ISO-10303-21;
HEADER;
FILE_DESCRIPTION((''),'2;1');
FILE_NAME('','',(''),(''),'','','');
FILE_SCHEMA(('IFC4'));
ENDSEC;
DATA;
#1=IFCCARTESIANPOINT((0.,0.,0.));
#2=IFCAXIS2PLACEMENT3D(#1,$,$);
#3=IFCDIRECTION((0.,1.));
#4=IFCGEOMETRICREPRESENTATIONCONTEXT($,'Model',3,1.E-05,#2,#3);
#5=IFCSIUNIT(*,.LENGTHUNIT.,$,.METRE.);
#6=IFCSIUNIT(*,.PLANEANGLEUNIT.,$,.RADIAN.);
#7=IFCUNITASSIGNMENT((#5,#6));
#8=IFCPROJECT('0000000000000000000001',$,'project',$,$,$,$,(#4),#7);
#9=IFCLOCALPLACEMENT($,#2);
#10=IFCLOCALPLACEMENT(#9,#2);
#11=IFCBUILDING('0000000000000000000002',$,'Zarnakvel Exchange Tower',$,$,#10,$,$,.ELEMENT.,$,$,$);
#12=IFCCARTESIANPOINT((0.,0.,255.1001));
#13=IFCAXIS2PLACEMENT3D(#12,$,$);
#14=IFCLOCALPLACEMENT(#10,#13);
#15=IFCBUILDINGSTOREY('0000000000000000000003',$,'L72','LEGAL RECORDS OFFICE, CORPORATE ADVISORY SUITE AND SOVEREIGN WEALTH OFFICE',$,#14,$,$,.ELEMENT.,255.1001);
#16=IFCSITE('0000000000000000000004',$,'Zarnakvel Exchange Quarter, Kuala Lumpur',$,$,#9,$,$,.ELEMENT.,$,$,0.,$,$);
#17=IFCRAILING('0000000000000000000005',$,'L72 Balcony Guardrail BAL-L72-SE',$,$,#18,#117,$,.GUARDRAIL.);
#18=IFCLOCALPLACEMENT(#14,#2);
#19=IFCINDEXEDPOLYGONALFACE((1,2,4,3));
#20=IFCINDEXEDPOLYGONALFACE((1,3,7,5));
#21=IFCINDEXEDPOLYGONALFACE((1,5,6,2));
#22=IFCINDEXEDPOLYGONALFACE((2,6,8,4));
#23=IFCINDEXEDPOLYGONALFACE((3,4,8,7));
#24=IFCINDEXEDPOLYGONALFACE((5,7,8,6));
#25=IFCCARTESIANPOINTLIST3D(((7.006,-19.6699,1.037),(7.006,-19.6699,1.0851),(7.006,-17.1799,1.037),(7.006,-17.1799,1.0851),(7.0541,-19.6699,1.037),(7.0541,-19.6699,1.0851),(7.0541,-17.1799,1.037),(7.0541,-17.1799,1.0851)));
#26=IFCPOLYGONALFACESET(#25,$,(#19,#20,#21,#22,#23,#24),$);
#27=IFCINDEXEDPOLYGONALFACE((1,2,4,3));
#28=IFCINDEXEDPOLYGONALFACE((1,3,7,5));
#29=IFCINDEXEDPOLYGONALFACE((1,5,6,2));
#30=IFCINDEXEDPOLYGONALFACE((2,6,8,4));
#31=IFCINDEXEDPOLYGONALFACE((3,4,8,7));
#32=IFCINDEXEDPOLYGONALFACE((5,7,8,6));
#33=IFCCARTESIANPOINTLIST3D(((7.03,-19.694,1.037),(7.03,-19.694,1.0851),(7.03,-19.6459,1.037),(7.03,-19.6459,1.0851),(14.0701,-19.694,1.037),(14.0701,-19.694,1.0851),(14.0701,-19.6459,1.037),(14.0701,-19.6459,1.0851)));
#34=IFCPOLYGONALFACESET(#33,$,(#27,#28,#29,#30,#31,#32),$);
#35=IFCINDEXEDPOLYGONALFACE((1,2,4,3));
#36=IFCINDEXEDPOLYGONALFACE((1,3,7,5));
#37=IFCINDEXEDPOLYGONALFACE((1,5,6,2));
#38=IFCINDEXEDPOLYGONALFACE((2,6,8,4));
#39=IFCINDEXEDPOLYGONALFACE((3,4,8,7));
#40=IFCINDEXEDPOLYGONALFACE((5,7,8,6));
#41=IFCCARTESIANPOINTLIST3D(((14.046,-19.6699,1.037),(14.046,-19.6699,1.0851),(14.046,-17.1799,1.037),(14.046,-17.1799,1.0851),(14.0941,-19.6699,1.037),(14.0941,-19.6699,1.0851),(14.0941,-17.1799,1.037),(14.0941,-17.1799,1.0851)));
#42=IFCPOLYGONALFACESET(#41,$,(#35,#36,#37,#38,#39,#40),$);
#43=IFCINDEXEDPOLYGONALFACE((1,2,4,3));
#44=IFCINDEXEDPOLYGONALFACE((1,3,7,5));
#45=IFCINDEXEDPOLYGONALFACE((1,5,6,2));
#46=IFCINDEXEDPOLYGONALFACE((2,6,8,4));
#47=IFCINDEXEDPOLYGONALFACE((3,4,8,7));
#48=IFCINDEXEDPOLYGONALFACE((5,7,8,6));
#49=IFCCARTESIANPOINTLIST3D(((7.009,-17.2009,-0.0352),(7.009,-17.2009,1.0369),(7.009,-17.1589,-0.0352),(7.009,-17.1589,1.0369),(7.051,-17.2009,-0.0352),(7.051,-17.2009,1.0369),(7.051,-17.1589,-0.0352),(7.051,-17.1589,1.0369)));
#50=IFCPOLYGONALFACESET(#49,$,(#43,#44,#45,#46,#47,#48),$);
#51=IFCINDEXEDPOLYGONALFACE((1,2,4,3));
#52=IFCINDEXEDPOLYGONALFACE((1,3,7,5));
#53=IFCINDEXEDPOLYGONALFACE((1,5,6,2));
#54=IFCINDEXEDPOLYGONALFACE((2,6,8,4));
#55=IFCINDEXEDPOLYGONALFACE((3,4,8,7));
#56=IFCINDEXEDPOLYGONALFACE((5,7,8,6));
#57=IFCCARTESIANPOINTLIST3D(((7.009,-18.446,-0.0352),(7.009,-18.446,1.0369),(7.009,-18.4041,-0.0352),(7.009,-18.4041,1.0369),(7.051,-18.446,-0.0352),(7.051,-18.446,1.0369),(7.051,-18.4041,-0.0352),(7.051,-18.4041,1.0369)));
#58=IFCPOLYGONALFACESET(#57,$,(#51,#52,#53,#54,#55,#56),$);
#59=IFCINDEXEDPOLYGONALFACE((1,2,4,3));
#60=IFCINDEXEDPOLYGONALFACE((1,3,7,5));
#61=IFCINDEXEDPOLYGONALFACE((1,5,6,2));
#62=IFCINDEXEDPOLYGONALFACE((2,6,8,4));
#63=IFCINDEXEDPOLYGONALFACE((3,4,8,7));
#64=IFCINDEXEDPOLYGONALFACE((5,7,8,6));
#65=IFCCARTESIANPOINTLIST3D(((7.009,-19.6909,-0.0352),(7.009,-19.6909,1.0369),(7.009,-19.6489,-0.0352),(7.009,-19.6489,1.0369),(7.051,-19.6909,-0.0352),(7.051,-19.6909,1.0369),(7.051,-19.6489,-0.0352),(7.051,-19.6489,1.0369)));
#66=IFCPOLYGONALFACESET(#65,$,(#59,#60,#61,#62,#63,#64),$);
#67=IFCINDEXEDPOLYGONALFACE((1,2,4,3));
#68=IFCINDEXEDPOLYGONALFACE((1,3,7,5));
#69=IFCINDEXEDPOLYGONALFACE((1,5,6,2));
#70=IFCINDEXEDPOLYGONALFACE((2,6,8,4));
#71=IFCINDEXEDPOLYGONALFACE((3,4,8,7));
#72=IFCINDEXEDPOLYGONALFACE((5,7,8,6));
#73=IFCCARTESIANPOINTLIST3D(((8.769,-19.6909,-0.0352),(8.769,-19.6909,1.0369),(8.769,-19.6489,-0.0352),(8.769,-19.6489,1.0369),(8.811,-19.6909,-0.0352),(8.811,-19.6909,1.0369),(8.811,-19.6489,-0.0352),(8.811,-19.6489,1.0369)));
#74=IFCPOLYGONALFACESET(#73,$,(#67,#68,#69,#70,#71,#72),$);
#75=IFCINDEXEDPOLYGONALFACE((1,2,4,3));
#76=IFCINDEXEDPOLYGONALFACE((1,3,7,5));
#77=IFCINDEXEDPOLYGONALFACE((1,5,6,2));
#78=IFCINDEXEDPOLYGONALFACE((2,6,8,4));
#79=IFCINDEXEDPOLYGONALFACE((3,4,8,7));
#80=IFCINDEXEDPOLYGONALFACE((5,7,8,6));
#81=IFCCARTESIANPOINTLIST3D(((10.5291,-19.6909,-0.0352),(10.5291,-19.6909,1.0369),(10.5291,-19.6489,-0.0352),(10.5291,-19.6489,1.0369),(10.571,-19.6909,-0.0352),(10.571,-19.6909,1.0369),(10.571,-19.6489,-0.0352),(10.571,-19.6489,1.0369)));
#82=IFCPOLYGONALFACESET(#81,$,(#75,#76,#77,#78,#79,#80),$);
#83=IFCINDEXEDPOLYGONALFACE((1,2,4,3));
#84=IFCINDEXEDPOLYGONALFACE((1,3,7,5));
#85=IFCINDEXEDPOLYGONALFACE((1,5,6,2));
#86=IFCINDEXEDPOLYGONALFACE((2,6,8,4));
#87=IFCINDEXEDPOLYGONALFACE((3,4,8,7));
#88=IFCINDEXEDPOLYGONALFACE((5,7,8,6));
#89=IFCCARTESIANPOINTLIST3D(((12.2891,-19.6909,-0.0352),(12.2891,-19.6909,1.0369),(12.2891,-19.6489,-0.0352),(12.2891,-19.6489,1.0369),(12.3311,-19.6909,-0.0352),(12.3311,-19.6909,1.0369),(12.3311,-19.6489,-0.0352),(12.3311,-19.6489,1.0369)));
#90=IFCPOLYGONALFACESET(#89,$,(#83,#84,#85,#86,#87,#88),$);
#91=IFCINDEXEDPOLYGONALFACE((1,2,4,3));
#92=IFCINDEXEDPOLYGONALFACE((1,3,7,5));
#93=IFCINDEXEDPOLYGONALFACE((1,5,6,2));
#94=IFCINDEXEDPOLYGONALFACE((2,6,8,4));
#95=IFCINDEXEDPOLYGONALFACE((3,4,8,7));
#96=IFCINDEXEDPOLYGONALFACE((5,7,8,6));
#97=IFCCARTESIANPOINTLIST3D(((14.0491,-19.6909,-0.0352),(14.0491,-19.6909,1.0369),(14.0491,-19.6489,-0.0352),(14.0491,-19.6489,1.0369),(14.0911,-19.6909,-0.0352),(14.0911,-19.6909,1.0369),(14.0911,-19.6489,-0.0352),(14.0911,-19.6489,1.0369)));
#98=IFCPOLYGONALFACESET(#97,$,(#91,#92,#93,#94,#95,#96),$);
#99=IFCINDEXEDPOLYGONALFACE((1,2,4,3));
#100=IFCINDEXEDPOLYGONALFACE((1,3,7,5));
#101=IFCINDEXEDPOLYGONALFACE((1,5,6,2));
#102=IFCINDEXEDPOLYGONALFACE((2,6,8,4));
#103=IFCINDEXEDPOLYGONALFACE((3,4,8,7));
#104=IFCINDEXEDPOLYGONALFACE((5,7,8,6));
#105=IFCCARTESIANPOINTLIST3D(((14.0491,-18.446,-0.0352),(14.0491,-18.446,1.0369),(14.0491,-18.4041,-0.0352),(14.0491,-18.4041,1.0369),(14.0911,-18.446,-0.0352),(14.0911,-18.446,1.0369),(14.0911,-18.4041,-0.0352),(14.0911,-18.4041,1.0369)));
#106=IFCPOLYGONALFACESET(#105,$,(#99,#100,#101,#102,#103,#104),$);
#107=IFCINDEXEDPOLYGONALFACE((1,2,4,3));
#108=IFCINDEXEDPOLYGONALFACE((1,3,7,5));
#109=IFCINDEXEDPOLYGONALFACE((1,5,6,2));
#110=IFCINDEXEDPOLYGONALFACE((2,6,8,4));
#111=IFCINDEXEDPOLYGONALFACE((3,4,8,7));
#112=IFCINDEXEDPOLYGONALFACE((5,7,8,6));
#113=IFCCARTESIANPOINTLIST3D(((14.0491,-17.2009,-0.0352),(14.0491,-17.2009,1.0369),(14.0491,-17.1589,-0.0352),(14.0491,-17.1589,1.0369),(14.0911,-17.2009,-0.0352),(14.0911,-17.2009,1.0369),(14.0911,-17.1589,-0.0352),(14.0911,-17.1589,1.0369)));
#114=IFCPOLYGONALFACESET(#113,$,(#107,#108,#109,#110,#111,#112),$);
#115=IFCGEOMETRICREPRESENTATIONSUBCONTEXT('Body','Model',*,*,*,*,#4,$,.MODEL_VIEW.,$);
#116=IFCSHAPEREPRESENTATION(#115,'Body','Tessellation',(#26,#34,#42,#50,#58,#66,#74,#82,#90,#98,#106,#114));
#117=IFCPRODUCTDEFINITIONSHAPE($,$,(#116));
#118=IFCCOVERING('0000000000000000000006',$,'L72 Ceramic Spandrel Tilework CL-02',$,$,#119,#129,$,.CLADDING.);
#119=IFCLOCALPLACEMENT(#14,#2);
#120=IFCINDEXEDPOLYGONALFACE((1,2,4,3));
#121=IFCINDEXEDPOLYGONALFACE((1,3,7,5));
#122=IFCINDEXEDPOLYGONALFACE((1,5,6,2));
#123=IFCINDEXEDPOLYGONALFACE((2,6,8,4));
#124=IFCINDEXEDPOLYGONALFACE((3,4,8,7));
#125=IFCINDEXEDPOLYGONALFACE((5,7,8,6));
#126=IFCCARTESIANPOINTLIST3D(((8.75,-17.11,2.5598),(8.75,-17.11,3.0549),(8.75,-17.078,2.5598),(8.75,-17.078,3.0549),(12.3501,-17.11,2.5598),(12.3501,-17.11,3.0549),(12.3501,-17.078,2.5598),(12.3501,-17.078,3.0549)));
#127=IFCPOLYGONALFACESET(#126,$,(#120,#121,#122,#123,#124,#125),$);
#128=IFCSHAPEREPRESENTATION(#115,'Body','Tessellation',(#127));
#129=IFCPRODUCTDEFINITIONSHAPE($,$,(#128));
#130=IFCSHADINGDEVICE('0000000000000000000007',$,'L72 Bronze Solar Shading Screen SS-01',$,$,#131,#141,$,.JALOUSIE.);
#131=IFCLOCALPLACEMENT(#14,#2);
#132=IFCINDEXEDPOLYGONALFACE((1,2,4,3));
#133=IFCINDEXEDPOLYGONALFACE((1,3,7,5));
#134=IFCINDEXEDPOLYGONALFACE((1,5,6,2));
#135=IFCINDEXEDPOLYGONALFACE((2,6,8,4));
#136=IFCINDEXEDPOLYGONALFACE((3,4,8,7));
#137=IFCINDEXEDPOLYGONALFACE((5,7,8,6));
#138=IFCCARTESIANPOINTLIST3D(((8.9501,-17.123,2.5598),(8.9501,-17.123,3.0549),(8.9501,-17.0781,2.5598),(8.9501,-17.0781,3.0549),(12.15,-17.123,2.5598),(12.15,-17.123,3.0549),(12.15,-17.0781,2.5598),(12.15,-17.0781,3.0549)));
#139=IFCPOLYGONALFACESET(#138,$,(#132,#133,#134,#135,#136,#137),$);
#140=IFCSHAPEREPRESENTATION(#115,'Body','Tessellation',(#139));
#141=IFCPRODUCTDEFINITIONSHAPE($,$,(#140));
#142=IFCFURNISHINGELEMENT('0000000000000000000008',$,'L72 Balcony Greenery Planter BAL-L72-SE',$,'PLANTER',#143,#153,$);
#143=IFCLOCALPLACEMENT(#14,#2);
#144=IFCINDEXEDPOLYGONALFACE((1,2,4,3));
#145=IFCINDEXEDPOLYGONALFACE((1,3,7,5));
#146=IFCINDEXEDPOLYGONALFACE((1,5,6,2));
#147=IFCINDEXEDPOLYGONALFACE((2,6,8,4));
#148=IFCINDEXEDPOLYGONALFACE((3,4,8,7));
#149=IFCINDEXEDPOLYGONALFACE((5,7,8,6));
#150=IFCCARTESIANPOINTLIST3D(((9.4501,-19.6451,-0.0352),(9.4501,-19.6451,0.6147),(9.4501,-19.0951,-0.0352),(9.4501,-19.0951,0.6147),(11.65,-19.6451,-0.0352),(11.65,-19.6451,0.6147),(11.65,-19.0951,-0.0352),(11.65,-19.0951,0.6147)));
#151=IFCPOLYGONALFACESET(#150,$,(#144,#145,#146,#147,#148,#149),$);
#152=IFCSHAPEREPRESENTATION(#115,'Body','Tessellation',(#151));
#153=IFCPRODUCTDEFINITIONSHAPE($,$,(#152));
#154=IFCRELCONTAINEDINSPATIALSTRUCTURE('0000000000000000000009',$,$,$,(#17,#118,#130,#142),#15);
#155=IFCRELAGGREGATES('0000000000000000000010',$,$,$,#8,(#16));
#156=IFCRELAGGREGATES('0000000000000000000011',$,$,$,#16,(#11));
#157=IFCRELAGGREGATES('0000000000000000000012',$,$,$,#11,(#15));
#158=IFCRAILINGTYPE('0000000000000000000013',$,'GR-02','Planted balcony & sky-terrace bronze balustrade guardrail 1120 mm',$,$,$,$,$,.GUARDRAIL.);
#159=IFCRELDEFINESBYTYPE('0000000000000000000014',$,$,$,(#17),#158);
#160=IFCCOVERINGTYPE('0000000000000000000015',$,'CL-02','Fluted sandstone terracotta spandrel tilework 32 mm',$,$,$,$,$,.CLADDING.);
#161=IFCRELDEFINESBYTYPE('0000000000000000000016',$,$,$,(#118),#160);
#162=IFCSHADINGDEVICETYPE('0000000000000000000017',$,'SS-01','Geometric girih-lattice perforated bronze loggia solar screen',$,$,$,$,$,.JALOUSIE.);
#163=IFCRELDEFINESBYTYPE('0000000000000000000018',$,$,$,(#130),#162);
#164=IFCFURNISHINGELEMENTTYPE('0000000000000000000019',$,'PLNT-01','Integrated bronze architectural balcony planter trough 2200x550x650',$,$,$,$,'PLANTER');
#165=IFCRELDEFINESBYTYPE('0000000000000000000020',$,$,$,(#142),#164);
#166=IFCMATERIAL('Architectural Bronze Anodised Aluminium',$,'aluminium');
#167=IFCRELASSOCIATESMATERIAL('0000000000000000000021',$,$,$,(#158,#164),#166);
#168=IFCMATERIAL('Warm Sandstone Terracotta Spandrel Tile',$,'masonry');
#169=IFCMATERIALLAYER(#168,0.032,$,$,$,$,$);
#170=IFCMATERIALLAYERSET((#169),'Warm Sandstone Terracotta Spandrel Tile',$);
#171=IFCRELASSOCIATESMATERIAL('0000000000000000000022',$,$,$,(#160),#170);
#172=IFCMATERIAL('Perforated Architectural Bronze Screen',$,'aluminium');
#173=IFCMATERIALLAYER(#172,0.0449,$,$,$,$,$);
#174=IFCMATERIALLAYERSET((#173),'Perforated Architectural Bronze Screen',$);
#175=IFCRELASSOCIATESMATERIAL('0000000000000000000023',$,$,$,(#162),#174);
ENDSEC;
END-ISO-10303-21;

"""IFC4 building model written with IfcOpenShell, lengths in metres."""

from ifc_helpers import new_model, si_unit, direction, frame, origin, origin_2d, place, context, subcontext, project, spatial, rectangle, extrude, source, transform, mapped, material, layer, layer_set, type_object, element, save


model = new_model("IFC4")

# Units and contexts
model_context = context("Model", 3, precision=1e-05, world=origin(), true_north=direction((0.0, 1.0)))
body_context = subcontext(model_context, "Body", "Model", "MODEL_VIEW")
ifc_project = project(units=[si_unit("LENGTHUNIT", "METRE"), si_unit("PLANEANGLEUNIT", "RADIAN")], contexts=[model_context])

# Site, building, storey
site_placement = place(None, origin())
site = spatial("IfcSite", under=ifc_project, at=site_placement, Name="Zarnakvel Exchange Quarter, Kuala Lumpur", CompositionType="ELEMENT", RefElevation=0.0)
building_placement = place(site_placement, origin())
building = spatial("IfcBuilding", under=site, at=building_placement, Name="Zarnakvel Exchange Tower", CompositionType="ELEMENT")
storey_placement = place(building_placement, frame((0.0, 0.0, 255.1001)))
storey = spatial("IfcBuildingStorey", under=building, at=storey_placement, Name="L72", Description="LEGAL RECORDS OFFICE, CORPORATE ADVISORY SUITE AND SOVEREIGN WEALTH OFFICE", CompositionType="ELEMENT", Elevation=255.1001)

# Shared definitions
ifc_material_1 = material(Name="Architectural Bronze Anodised Aluminium", Category="aluminium")

# Railing
railing_type = type_object("IfcRailingType", Name="GR-02", Description="Planted balcony & sky-terrace bronze balustrade guardrail 1120 mm", PredefinedType="GUARDRAIL", material=ifc_material_1)
railing_placement = place(storey_placement, frame((7.03, -17.1799, -0.0352)))
element("IfcRailing", 1, at=railing_placement, inside=storey, type_object=railing_type, Name="L72 Balcony Guardrail BAL-L72-SE", PredefinedType="GUARDRAIL", context=body_context, shape_type="SweptSolid", body=[
    extrude(rectangle(XDim=0.0481, YDim=0.0481, at=origin_2d()), frame((0.0, 0.0, 1.0962), z_axis=(0.0, -1.0, 0.0), x_axis=(1.0, 0.0, 0.0)), (0.0, 0.0, 1.0), 2.49),
    extrude(rectangle(XDim=0.0481, YDim=0.0481, at=origin_2d()), frame((0.0, -2.49, 1.0962), z_axis=(1.0, 0.0, 0.0), x_axis=(0.0, 1.0, 0.0)), (0.0, 0.0, 1.0), 7.04),
    extrude(rectangle(XDim=0.0481, YDim=0.0481, at=origin_2d()), frame((7.04, -2.49, 1.0962), z_axis=(0.0, 1.0, 0.0), x_axis=(-1.0, 0.0, 0.0)), (0.0, 0.0, 1.0), 2.49),
    extrude(rectangle(XDim=0.042, YDim=0.042, at=origin_2d()), origin(), (0.0, 0.0, 1.0), 1.072),
    extrude(rectangle(XDim=0.042, YDim=0.042, at=origin_2d()), frame((0.0, -1.2451, 0.0)), (0.0, 0.0, 1.0), 1.072),
    extrude(rectangle(XDim=0.042, YDim=0.042, at=origin_2d()), frame((0.0, -2.49, 0.0)), (0.0, 0.0, 1.0), 1.072),
    extrude(rectangle(XDim=0.042, YDim=0.042, at=origin_2d()), frame((1.76, -2.49, 0.0)), (0.0, 0.0, 1.0), 1.072),
    extrude(rectangle(XDim=0.042, YDim=0.042, at=origin_2d()), frame((3.52, -2.49, 0.0)), (0.0, 0.0, 1.0), 1.072),
    extrude(rectangle(XDim=0.042, YDim=0.042, at=origin_2d()), frame((5.28, -2.49, 0.0)), (0.0, 0.0, 1.0), 1.072),
    extrude(rectangle(XDim=0.042, YDim=0.042, at=origin_2d()), frame((7.04, -2.49, 0.0)), (0.0, 0.0, 1.0), 1.072),
    extrude(rectangle(XDim=0.042, YDim=0.042, at=origin_2d()), frame((7.04, -1.2451, 0.0)), (0.0, 0.0, 1.0), 1.072),
    extrude(rectangle(XDim=0.042, YDim=0.042, at=origin_2d()), frame((7.04, 0.0, 0.0)), (0.0, 0.0, 1.0), 1.072),
])

# Covering
ifc_material_2 = material(Name="Warm Sandstone Terracotta Spandrel Tile", Category="masonry")
ifc_layer_1 = layer(ifc_material_2, 0.032)
ifc_layer_set_1 = layer_set([ifc_layer_1], Name="Warm Sandstone Terracotta Spandrel Tile")
covering_type = type_object("IfcCoveringType", Name="CL-02", Description="Fluted sandstone terracotta spandrel tilework 32 mm", PredefinedType="CLADDING", material=ifc_layer_set_1)
shared_shape_1 = source(origin(), body_context, "Body", "SweptSolid", [
    extrude(rectangle(XDim=3.6001, YDim=0.032, at=origin_2d()), origin(), (0.0, 0.0, 1.0), 0.4951),
])
covering_placement = place(storey_placement, frame((10.55, -17.094, 2.5598), z_axis=(0.0, 0.0, 1.0), x_axis=(-1.0, 0.0, 0.0)))
element("IfcCovering", 2, at=covering_placement, inside=storey, type_object=covering_type, Name="L72 Ceramic Spandrel Tilework CL-02", PredefinedType="CLADDING", context=body_context, shape_type="MappedRepresentation", body=[
    mapped(shared_shape_1, transform((0.0, 0.0, 0.0), x_axis=(1.0, 0.0, 0.0), y_axis=(0.0, 1.0, 0.0), z_axis=(0.0, 0.0, 1.0), scale=1.0)),
])

# Shading device
ifc_material_3 = material(Name="Perforated Architectural Bronze Screen", Category="aluminium")
ifc_layer_2 = layer(ifc_material_3, 0.0449)
ifc_layer_set_2 = layer_set([ifc_layer_2], Name="Perforated Architectural Bronze Screen")
shading_device_type = type_object("IfcShadingDeviceType", Name="SS-01", Description="Geometric girih-lattice perforated bronze loggia solar screen", PredefinedType="JALOUSIE", material=ifc_layer_set_2)
shared_shape_2 = source(origin(), body_context, "Body", "SweptSolid", [
    extrude(rectangle(XDim=3.2, YDim=0.0449, at=origin_2d()), origin(), (0.0, 0.0, 1.0), 0.4951),
])
shading_device_placement = place(storey_placement, frame((10.55, -17.1006, 2.5598), z_axis=(0.0, 0.0, 1.0), x_axis=(-1.0, 0.0, 0.0)))
element("IfcShadingDevice", 3, at=shading_device_placement, inside=storey, type_object=shading_device_type, Name="L72 Bronze Solar Shading Screen SS-01", PredefinedType="JALOUSIE", context=body_context, shape_type="MappedRepresentation", body=[
    mapped(shared_shape_2, transform((0.0, 0.0, 0.0), x_axis=(1.0, 0.0, 0.0), y_axis=(0.0, 1.0, 0.0), z_axis=(0.0, 0.0, 1.0), scale=1.0)),
])

# Furnishing element
furnishing_element_type = type_object("IfcFurnishingElementType", Name="PLNT-01", Description="Integrated bronze architectural balcony planter trough 2200x550x650", ElementType="PLANTER", material=ifc_material_1)
shared_shape_3 = source(origin(), body_context, "Body", "SweptSolid", [
    extrude(rectangle(XDim=2.2, YDim=0.55, at=origin_2d()), origin(), (0.0, 0.0, 1.0), 0.6499),
])
furnishing_placement = place(storey_placement, frame((10.55, -19.3701, -0.0352), z_axis=(0.0, 0.0, 1.0), x_axis=(1.0, 0.0, 0.0)))
element("IfcFurnishingElement", 4, at=furnishing_placement, inside=storey, type_object=furnishing_element_type, Name="L72 Balcony Greenery Planter BAL-L72-SE", ObjectType="PLANTER", context=body_context, shape_type="MappedRepresentation", body=[
    mapped(shared_shape_3, transform((0.0, 0.0, 0.0), x_axis=(1.0, 0.0, 0.0), y_axis=(0.0, 1.0, 0.0), z_axis=(0.0, 0.0, 1.0), scale=1.0)),
])

save(model, "model.ifc")
